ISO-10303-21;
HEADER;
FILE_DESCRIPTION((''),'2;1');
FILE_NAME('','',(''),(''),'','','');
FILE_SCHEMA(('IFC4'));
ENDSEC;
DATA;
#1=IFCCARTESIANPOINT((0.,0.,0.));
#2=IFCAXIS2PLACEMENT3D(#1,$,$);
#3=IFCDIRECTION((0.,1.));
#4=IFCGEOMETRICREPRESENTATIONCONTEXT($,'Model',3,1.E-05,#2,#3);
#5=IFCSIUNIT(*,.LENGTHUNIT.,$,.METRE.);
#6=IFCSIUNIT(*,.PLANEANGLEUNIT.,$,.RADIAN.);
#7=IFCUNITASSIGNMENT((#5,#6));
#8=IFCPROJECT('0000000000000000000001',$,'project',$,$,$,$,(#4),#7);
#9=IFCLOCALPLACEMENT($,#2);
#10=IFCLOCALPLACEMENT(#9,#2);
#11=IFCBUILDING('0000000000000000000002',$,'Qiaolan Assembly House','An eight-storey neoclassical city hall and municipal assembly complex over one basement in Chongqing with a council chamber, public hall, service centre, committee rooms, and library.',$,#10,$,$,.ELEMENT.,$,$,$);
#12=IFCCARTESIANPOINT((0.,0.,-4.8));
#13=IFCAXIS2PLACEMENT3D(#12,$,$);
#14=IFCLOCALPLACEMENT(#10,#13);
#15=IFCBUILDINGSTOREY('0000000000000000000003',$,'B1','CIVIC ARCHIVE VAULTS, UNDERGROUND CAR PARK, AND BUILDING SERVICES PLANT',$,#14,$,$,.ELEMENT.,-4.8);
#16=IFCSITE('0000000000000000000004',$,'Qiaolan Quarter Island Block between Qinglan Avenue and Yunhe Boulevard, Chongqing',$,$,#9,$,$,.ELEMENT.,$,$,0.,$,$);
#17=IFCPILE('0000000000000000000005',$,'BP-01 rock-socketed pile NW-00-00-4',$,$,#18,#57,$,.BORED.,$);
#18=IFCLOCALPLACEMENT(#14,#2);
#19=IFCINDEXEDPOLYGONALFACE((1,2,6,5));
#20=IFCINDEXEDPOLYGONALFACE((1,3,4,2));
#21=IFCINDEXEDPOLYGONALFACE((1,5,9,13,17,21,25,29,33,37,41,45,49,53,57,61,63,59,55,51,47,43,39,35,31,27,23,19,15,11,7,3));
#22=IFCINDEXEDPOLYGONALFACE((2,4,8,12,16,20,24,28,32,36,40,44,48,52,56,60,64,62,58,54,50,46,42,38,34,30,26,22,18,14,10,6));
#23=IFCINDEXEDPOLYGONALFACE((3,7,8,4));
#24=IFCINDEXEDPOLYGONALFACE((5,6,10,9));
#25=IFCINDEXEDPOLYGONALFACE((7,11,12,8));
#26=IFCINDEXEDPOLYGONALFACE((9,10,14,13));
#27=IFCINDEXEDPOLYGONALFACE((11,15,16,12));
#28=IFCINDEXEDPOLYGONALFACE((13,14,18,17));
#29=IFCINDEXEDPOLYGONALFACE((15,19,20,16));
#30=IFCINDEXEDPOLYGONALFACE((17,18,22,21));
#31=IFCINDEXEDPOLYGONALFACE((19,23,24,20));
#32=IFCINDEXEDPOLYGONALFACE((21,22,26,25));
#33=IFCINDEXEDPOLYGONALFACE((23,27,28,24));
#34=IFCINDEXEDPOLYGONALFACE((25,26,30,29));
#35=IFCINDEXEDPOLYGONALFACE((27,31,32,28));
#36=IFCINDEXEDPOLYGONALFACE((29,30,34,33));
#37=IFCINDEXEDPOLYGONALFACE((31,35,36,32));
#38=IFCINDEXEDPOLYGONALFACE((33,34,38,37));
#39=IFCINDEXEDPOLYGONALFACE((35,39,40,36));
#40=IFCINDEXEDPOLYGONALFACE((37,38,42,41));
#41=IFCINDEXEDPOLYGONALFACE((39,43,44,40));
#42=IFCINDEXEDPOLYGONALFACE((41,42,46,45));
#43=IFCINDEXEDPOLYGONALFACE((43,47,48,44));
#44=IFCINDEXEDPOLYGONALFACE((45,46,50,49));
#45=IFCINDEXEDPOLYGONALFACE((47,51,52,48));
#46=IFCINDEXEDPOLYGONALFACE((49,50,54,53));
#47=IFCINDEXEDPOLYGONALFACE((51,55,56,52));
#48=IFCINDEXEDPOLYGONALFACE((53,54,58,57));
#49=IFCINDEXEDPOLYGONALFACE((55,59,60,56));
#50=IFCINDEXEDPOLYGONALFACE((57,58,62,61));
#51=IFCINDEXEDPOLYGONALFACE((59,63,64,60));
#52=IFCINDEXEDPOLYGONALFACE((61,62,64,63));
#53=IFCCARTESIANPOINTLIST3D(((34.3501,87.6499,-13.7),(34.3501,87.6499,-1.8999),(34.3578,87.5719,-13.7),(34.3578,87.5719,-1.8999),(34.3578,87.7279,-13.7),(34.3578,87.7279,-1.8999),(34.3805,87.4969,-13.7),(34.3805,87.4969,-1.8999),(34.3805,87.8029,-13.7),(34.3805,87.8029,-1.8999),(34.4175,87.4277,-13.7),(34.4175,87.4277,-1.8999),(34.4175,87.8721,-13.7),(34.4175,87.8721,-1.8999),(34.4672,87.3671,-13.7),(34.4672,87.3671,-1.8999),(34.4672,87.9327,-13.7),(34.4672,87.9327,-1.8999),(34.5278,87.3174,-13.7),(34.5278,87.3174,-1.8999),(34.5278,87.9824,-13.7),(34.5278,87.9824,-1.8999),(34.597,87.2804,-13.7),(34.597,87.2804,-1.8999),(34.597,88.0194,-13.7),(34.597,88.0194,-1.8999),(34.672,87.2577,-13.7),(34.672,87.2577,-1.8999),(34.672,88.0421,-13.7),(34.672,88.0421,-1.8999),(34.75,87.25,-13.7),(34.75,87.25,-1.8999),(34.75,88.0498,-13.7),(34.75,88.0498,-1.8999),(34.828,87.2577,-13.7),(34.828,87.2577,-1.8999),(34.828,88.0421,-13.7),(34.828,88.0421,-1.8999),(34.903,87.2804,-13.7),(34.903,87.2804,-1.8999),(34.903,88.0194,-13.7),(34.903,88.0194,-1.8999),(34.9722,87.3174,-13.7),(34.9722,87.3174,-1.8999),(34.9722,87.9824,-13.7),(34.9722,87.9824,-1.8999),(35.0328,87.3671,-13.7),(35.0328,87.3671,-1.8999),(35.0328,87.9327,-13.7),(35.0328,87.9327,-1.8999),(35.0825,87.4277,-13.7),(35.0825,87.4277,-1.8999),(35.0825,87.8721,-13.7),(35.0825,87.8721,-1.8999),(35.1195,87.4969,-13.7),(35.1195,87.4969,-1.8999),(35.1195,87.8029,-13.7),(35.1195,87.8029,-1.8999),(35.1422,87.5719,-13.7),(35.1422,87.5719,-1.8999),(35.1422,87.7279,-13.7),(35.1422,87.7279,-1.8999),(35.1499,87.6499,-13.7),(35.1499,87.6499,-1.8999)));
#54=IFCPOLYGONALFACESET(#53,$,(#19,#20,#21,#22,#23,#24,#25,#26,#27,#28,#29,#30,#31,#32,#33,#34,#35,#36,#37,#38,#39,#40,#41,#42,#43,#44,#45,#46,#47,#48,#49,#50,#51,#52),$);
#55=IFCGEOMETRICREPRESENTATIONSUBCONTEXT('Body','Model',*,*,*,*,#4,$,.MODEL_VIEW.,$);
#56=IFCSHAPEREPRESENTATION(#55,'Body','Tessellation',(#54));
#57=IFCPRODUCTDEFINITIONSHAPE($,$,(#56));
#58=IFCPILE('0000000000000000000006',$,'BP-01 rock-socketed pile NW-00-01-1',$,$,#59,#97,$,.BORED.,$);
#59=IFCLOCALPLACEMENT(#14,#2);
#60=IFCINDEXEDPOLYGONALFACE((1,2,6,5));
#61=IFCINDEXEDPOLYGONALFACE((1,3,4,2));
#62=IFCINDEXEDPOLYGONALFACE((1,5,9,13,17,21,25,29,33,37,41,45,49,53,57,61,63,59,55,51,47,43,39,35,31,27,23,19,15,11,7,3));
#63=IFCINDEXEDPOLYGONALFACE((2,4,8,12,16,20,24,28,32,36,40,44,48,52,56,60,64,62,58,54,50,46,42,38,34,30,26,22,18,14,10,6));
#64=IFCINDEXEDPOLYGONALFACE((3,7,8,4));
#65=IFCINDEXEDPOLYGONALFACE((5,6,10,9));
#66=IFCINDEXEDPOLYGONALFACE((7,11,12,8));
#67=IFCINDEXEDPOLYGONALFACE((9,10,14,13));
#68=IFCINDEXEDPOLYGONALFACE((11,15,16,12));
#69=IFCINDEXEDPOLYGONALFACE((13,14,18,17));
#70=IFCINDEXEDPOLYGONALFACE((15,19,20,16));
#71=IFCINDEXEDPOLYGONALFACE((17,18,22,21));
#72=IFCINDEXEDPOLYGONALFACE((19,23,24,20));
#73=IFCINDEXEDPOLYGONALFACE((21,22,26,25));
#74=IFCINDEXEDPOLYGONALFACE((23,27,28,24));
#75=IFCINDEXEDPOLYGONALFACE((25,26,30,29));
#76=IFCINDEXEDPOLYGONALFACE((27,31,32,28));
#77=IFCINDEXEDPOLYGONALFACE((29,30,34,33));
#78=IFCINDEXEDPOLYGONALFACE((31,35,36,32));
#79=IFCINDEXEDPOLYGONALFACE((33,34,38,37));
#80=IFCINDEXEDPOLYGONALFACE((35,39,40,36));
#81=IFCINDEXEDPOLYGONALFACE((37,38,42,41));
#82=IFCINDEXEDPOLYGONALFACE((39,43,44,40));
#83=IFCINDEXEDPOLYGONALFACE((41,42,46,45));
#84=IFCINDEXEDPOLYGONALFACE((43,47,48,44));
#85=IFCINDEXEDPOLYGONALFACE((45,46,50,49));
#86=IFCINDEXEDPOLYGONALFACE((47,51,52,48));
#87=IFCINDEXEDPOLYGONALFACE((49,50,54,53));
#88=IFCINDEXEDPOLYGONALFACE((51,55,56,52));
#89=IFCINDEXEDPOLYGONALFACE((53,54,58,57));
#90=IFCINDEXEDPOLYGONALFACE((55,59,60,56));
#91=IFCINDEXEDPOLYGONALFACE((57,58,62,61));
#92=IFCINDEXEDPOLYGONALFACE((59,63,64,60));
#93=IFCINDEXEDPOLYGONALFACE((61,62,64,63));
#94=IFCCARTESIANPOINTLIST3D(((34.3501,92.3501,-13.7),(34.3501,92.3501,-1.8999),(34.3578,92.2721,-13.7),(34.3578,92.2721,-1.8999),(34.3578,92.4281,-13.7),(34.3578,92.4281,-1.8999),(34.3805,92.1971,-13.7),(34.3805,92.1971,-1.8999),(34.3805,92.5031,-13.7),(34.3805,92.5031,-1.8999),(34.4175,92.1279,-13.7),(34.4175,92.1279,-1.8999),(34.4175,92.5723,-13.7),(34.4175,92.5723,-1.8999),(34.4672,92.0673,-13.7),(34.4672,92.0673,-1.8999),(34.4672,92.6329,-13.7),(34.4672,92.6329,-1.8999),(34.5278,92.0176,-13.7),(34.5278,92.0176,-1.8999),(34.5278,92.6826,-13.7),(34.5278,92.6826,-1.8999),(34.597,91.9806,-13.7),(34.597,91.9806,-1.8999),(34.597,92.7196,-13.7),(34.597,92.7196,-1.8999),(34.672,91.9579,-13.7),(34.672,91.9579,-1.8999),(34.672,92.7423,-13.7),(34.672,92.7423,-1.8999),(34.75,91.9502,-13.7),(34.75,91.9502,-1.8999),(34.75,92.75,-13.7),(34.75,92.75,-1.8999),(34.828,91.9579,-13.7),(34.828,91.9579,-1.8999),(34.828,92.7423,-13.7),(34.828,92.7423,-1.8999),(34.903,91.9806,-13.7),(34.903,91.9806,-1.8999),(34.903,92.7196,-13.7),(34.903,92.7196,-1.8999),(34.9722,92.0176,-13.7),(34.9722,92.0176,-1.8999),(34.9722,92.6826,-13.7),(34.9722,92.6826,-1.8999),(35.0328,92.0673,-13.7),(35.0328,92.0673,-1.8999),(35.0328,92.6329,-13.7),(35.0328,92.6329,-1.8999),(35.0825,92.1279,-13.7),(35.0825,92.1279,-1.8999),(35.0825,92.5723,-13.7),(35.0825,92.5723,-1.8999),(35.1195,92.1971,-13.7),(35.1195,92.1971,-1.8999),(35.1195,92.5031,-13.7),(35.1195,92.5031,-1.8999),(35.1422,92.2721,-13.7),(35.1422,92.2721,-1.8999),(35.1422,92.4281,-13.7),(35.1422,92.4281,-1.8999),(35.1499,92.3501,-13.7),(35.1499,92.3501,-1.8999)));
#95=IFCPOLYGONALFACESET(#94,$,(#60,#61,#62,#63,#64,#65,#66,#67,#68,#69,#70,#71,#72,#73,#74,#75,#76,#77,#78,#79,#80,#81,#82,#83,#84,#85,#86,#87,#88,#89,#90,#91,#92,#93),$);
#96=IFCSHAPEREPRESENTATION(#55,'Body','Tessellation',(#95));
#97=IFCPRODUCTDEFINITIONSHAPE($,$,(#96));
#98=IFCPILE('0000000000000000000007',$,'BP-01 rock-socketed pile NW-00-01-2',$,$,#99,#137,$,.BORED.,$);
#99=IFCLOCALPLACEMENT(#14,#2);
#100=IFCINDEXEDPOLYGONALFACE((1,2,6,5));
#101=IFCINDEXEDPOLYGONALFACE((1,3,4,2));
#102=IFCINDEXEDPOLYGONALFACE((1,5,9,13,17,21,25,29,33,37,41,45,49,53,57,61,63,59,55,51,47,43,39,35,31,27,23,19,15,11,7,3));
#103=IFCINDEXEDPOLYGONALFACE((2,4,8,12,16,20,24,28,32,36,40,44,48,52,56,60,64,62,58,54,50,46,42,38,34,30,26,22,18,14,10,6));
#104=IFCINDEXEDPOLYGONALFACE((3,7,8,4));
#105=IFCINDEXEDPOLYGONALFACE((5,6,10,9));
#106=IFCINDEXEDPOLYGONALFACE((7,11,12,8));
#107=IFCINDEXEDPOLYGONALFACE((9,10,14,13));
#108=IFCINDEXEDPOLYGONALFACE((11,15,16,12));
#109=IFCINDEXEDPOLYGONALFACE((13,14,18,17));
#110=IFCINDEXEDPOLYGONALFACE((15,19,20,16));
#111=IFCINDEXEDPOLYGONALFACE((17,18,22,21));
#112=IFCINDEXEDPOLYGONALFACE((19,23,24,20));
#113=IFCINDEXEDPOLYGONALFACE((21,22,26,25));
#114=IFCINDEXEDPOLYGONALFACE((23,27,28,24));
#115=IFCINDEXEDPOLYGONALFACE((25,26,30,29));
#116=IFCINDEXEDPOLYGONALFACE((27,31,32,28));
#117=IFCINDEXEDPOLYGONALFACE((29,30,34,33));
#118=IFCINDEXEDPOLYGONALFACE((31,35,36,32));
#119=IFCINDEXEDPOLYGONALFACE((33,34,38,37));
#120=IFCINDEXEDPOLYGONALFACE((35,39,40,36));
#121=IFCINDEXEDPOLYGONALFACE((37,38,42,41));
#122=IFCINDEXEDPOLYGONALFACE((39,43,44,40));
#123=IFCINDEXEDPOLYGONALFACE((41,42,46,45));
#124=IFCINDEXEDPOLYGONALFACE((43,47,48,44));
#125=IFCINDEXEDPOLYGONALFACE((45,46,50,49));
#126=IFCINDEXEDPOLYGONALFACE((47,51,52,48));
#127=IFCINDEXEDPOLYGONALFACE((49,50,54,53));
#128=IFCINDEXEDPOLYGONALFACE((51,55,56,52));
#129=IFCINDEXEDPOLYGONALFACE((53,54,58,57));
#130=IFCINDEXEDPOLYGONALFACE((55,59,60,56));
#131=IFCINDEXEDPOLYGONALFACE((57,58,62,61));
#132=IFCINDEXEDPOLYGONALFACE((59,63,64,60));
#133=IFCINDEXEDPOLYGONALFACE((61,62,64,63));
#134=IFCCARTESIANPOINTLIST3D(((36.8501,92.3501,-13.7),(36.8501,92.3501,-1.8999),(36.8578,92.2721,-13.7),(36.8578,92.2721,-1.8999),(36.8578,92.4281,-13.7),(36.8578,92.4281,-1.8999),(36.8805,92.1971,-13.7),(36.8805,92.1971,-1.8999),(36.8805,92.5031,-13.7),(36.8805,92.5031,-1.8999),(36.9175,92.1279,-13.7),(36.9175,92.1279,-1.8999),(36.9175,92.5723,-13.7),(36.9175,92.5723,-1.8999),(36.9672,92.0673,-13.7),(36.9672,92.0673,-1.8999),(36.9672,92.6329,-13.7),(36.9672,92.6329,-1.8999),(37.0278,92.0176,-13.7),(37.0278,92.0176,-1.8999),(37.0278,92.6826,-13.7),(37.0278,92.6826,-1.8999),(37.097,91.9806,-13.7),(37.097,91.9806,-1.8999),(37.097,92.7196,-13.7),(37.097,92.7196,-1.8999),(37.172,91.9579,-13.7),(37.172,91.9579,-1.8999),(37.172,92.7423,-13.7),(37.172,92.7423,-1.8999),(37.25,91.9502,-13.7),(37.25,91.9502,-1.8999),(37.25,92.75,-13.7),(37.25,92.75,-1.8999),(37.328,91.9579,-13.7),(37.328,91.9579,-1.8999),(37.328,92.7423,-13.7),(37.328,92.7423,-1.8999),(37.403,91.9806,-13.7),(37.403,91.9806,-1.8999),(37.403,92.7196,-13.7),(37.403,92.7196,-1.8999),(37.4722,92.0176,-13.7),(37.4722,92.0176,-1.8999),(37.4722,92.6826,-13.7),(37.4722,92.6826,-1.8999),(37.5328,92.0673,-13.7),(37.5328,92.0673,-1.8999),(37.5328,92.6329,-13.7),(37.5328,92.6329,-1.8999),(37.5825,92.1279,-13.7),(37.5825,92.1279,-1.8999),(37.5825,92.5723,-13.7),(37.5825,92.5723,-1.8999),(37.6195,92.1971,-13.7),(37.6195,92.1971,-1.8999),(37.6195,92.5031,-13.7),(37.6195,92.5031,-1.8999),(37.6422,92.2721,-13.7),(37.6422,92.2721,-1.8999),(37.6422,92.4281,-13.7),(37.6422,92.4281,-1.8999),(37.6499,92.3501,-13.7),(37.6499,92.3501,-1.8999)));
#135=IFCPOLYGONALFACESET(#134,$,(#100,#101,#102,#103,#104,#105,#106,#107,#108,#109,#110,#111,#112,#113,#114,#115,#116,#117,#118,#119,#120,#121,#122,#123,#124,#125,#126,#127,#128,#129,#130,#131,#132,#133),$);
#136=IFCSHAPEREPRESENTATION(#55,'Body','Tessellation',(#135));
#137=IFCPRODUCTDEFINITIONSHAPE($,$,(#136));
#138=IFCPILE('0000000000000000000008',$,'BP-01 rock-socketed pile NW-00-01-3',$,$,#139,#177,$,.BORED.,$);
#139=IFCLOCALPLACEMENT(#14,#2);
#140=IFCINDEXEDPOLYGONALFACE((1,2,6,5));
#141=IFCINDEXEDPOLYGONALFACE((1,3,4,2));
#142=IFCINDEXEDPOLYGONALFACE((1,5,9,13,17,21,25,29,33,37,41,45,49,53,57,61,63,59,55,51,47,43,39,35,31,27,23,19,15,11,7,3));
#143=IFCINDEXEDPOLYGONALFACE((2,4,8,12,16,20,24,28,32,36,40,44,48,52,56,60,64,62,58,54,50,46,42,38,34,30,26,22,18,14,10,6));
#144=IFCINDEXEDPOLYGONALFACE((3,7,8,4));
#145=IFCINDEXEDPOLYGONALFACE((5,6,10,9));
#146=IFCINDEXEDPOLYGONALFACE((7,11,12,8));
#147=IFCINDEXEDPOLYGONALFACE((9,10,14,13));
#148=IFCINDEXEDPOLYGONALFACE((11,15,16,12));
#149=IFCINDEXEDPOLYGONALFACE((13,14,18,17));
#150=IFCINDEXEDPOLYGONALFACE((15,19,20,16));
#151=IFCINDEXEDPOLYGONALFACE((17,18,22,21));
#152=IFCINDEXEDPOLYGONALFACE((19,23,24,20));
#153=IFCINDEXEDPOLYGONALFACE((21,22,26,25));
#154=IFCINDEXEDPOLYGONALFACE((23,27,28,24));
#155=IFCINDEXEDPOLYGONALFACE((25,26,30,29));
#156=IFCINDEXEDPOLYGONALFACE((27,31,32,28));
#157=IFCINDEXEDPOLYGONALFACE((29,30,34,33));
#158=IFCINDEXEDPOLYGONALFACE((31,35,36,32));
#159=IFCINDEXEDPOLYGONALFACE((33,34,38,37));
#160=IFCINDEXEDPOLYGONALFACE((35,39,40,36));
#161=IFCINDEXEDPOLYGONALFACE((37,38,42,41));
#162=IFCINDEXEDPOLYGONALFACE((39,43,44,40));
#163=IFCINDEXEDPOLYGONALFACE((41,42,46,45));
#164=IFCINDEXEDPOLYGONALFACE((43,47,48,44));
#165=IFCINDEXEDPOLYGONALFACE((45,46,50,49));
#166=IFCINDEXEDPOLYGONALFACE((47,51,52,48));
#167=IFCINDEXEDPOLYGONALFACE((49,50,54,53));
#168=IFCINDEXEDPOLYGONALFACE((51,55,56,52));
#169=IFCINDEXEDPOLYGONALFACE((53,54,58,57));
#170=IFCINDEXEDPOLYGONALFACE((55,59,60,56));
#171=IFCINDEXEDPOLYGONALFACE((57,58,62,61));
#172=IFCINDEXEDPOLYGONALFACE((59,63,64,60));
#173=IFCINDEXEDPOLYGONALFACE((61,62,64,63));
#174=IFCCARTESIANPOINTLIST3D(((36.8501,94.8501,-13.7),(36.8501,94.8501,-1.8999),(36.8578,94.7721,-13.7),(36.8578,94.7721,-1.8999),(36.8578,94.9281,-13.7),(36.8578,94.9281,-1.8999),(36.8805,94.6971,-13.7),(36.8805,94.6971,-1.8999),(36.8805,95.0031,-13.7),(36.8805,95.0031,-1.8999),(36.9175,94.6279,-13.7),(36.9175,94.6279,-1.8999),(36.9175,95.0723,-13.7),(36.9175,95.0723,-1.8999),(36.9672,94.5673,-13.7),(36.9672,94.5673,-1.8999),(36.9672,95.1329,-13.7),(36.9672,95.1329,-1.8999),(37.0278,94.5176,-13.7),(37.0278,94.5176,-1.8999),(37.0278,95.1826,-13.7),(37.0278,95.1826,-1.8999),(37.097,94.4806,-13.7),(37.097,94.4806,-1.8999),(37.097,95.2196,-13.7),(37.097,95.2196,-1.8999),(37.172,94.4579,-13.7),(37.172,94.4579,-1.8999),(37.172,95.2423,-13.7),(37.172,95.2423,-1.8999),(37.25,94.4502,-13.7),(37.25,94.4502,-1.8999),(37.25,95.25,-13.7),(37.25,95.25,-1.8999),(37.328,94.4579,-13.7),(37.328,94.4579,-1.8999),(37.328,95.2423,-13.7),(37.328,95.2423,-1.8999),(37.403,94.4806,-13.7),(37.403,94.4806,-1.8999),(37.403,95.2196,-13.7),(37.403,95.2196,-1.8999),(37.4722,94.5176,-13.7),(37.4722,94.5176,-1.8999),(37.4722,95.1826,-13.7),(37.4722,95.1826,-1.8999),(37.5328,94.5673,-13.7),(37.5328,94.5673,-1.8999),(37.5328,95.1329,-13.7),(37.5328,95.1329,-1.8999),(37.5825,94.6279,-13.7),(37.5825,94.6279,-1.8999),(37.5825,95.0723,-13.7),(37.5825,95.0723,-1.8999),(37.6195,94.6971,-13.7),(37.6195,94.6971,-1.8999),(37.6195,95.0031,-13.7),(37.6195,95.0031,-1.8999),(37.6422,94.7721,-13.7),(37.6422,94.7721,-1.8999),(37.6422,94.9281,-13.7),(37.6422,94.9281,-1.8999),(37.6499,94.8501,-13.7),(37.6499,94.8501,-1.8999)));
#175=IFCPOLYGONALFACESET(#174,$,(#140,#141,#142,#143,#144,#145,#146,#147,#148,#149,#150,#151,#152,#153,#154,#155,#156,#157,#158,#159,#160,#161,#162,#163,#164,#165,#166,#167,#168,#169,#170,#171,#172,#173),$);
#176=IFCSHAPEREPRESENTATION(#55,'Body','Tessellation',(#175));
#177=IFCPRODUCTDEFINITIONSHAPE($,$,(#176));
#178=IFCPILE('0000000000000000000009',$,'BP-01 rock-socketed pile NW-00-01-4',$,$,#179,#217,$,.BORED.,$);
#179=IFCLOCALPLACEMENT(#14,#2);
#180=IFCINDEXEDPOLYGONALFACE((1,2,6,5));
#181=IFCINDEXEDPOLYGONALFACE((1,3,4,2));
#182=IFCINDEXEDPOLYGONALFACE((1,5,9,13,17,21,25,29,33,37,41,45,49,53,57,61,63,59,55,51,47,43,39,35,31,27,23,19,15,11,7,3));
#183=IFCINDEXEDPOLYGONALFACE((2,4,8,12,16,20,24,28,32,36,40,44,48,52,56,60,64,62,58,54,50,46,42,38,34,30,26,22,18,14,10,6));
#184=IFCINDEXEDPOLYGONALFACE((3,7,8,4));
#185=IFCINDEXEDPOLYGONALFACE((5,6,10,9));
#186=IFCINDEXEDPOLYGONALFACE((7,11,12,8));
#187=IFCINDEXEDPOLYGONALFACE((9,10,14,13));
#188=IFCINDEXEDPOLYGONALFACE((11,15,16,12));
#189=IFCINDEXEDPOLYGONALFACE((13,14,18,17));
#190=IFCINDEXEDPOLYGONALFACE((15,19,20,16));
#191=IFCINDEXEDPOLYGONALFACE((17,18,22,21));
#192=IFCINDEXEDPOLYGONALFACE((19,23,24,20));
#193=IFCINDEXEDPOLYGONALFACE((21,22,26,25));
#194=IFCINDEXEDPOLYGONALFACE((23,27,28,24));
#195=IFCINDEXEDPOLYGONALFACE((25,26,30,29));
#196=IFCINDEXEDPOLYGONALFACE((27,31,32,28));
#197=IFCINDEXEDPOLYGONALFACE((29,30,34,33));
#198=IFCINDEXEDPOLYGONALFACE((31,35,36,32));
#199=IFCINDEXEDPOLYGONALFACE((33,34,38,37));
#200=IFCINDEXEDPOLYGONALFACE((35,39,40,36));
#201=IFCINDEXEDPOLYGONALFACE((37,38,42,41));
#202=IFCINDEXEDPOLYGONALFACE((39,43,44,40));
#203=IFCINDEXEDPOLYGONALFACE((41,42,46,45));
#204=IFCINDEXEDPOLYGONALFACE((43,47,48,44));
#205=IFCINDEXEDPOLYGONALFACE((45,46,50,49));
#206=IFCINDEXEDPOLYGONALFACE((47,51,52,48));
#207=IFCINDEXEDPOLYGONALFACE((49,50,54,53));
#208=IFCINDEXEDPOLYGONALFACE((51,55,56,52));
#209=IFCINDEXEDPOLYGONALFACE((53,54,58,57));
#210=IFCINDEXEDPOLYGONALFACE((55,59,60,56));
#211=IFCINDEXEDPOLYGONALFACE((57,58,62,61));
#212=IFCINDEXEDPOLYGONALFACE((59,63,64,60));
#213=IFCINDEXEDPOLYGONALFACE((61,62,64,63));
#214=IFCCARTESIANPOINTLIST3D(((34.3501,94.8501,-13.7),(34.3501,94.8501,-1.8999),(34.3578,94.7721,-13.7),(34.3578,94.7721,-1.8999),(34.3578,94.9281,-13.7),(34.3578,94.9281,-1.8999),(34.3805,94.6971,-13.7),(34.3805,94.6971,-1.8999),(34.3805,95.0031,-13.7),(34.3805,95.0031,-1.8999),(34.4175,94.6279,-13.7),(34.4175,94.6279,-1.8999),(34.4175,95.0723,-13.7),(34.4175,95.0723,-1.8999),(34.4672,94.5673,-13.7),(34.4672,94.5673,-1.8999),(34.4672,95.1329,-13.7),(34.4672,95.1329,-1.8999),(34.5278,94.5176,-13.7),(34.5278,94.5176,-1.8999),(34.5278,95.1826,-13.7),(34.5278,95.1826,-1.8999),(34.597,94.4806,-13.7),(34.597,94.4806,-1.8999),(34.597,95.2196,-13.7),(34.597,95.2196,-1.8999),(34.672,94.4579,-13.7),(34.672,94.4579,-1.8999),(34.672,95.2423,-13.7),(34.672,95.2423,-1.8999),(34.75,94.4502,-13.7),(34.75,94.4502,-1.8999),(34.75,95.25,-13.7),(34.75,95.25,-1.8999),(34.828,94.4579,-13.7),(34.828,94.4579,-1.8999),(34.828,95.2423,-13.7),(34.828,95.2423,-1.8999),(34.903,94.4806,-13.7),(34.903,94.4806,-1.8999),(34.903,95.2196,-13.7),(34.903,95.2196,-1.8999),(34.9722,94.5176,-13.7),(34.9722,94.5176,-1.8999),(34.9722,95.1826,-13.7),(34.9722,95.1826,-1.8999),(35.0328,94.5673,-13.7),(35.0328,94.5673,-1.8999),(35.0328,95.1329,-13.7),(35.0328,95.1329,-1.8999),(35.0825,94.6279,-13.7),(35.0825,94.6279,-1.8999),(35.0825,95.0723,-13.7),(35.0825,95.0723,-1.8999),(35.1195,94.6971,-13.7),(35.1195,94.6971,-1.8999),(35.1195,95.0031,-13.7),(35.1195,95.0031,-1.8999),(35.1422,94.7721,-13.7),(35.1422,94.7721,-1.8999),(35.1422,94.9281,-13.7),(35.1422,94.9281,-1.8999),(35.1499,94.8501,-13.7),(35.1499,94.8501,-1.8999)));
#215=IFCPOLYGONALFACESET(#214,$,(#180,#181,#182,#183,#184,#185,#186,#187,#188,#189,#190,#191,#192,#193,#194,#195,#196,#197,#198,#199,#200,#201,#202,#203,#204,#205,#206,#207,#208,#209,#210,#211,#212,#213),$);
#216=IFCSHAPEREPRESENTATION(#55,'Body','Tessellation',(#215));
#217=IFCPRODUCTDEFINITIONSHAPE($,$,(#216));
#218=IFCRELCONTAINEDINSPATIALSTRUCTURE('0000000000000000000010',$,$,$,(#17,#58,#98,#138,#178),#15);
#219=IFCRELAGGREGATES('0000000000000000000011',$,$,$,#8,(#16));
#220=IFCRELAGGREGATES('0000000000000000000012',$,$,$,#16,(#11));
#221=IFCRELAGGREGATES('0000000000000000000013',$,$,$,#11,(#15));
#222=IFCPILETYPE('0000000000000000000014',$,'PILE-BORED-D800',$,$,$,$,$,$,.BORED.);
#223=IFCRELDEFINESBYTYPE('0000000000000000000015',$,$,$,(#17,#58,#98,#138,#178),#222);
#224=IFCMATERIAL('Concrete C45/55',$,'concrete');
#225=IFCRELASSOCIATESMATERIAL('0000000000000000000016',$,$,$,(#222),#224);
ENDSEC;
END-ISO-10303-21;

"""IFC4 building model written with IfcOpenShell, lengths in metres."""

from ifc_helpers import new_model, si_unit, direction, frame, origin, origin_2d, place, context, subcontext, project, spatial, circle, extrude, material, material_profile, profile_set, type_object, element, save


model = new_model("IFC4")

# Units and contexts
model_context = context("Model", 3, precision=1e-05, world=origin(), true_north=direction((0.0, 1.0)))
body_context = subcontext(model_context, "Body", "Model", "MODEL_VIEW")
ifc_project = project(units=[si_unit("LENGTHUNIT", "METRE"), si_unit("PLANEANGLEUNIT", "RADIAN")], contexts=[model_context])

# Site, building, storey
site_placement = place(None, origin())
site = spatial("IfcSite", under=ifc_project, at=site_placement, Name="Qiaolan Quarter Island Block between Qinglan Avenue and Yunhe Boulevard, Chongqing", CompositionType="ELEMENT", RefElevation=0.0)
building_placement = place(site_placement, origin())
building = spatial("IfcBuilding", under=site, at=building_placement, Name="Qiaolan Assembly House", Description="An eight-storey neoclassical city hall and municipal assembly complex over one basement in Chongqing with a council chamber, public hall, service centre, committee rooms, and library.", CompositionType="ELEMENT")
storey_placement = place(building_placement, frame((0.0, 0.0, -4.8)))
storey = spatial("IfcBuildingStorey", under=building, at=storey_placement, Name="B1", Description="CIVIC ARCHIVE VAULTS, UNDERGROUND CAR PARK, AND BUILDING SERVICES PLANT", CompositionType="ELEMENT", Elevation=-4.8)

# Piles
ifc_material_1 = material(Name="Concrete C45/55", Category="concrete")
ifc_material_profile_1 = material_profile(ifc_material_1, circle(Radius=0.3999, at=origin_2d()), Name="PILE D800")
ifc_profile_set_1 = profile_set([ifc_material_profile_1], Name="Concrete C45/55")
pile_type_1 = type_object("IfcPileType", Name="PILE-BORED-D800", PredefinedType="BORED", material=ifc_profile_set_1)
for number, where, z_axis, x_axis, name in (
    (1, (34.75, 87.6499, -1.8999), (0.0, 0.0, -1.0), (1.0, 0.0, 0.0), "BP-01 rock-socketed pile NW-00-00-4"),
    (2, (34.75, 92.3501, -1.8999), (0.0, 0.0, -1.0), (1.0, 0.0, 0.0), "BP-01 rock-socketed pile NW-00-01-1"),
    (3, (37.25, 92.3501, -1.8999), (0.0, 0.0, -1.0), (1.0, 0.0, 0.0), "BP-01 rock-socketed pile NW-00-01-2"),
    (4, (37.25, 94.8501, -1.8999), (0.0, 0.0, -1.0), (1.0, 0.0, 0.0), "BP-01 rock-socketed pile NW-00-01-3"),
    (5, (34.75, 94.8501, -1.8999), (0.0, 0.0, -1.0), (1.0, 0.0, 0.0), "BP-01 rock-socketed pile NW-00-01-4"),
):
    element("IfcPile", number, at=place(storey_placement, frame(where, z_axis=z_axis, x_axis=x_axis)), inside=storey, type_object=pile_type_1, Name=name, PredefinedType="BORED", context=body_context, shape_type="SweptSolid", body=[
        extrude(circle(Radius=0.3999, at=origin_2d()), origin(), (0.0, 0.0, 1.0), 11.8),
    ])

save(model, "model.ifc")
